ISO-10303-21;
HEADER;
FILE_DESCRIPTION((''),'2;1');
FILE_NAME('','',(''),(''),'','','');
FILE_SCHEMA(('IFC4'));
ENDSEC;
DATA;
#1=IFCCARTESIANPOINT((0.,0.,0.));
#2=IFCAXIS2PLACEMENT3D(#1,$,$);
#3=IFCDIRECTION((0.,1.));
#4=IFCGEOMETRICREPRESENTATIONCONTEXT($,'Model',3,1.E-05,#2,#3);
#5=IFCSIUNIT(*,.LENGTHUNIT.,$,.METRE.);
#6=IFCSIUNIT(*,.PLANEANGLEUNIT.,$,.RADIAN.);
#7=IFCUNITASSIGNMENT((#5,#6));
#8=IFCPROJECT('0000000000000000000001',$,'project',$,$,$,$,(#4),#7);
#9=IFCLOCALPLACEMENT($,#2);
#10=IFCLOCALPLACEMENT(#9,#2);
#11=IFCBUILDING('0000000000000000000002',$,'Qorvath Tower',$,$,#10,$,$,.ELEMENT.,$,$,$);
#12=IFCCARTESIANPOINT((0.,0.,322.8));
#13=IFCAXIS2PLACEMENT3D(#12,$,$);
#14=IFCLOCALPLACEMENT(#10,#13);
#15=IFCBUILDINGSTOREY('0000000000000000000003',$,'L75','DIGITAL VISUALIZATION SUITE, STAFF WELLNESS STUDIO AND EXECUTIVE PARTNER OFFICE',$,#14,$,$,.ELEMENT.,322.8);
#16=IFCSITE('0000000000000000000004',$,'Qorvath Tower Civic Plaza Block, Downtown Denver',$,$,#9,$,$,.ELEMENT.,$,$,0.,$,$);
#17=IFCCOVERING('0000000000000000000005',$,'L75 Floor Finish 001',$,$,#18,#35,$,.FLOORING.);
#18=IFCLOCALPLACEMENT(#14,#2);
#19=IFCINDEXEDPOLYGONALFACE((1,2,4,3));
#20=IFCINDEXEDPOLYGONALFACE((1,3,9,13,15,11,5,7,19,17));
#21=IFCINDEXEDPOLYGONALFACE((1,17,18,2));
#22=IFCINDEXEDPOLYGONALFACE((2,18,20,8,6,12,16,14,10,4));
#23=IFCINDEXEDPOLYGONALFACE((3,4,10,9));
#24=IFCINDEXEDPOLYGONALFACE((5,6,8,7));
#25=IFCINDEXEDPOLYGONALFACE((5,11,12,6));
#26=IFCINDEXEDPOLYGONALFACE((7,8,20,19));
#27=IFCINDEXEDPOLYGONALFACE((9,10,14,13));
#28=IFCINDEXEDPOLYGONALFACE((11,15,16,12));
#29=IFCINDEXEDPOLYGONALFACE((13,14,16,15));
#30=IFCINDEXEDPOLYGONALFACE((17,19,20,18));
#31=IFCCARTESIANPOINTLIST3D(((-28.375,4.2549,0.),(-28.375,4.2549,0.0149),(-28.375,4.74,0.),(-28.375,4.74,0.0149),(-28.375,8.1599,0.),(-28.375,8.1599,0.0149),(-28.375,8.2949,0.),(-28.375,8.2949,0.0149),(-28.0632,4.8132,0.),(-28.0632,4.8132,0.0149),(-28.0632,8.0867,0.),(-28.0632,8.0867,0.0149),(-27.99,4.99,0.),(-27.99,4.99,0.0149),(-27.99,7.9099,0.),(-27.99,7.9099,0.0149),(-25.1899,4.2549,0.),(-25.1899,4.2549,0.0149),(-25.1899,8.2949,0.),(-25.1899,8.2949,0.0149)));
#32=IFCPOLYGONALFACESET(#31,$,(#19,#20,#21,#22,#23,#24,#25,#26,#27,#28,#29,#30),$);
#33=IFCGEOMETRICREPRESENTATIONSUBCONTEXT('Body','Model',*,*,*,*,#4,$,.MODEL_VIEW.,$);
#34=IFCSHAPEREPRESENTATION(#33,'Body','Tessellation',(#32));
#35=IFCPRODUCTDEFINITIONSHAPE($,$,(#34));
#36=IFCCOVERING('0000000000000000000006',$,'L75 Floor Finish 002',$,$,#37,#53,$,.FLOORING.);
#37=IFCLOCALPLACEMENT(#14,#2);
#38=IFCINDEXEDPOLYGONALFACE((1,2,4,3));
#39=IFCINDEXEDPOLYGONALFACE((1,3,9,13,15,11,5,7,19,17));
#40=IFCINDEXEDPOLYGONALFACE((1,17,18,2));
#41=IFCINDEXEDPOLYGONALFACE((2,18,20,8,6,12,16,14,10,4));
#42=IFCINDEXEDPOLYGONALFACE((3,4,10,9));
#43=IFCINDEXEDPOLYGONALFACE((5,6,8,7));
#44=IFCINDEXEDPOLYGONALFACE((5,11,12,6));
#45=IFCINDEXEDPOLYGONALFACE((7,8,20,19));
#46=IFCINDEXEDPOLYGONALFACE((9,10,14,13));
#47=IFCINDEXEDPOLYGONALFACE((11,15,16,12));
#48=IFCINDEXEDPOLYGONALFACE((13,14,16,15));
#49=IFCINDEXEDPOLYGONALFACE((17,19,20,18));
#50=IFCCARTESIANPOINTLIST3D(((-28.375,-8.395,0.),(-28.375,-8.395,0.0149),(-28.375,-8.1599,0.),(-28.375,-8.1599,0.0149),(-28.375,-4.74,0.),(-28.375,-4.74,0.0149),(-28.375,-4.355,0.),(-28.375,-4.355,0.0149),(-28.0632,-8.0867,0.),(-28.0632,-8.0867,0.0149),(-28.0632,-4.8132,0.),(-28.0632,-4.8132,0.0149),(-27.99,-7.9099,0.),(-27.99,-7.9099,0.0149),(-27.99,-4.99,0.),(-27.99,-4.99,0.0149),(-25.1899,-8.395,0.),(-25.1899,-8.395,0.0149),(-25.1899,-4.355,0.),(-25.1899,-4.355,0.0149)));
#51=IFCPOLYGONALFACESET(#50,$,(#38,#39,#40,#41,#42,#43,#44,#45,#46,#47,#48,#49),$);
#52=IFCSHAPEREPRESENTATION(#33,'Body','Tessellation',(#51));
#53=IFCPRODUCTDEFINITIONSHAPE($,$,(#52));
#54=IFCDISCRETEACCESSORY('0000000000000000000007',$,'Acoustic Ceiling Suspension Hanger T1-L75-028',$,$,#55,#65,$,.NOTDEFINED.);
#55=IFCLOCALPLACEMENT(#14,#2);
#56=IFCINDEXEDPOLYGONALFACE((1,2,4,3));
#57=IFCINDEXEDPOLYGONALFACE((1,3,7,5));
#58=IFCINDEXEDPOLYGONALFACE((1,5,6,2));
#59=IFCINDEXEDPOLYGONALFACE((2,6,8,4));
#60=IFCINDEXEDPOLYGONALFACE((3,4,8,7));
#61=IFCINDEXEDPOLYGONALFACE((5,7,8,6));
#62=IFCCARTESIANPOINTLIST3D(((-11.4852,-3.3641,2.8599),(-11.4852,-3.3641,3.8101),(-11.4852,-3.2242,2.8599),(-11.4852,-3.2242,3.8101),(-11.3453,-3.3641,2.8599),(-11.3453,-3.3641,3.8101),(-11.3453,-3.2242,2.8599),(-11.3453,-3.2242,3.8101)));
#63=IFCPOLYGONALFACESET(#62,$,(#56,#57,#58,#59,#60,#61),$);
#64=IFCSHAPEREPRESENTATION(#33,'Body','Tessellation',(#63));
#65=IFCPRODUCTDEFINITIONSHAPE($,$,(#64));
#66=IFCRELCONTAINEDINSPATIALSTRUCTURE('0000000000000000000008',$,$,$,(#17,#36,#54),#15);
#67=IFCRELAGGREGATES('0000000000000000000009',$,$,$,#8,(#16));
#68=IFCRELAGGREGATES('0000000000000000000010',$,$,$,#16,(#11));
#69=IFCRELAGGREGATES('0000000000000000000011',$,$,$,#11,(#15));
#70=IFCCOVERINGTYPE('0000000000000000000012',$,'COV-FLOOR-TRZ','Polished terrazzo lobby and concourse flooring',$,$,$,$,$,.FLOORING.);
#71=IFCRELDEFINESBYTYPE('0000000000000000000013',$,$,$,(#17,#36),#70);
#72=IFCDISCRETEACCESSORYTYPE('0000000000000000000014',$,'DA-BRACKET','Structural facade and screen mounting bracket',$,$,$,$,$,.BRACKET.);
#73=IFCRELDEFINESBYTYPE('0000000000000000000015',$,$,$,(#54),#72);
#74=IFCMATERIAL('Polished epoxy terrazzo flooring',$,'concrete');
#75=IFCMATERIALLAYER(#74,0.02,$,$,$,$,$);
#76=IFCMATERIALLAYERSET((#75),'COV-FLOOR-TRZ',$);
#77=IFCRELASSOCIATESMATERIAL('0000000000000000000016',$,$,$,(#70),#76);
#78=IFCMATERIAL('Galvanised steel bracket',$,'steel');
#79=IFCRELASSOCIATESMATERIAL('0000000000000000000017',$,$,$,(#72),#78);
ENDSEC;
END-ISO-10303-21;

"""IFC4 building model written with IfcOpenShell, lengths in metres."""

from ifc_helpers import new_model, si_unit, direction, frame, origin, origin_2d, place, context, subcontext, project, spatial, polyline, rectangle, outline, extrude, material, layer, layer_set, type_object, element, save


model = new_model("IFC4")

# Units and contexts
model_context = context("Model", 3, precision=1e-05, world=origin(), true_north=direction((0.0, 1.0)))
body_context = subcontext(model_context, "Body", "Model", "MODEL_VIEW")
ifc_project = project(units=[si_unit("LENGTHUNIT", "METRE"), si_unit("PLANEANGLEUNIT", "RADIAN")], contexts=[model_context])

# Site, building, storey
site_placement = place(None, origin())
site = spatial("IfcSite", under=ifc_project, at=site_placement, Name="Qorvath Tower Civic Plaza Block, Downtown Denver", CompositionType="ELEMENT", RefElevation=0.0)
building_placement = place(site_placement, origin())
building = spatial("IfcBuilding", under=site, at=building_placement, Name="Qorvath Tower", CompositionType="ELEMENT")
storey_placement = place(building_placement, frame((0.0, 0.0, 322.8)))
storey = spatial("IfcBuildingStorey", under=building, at=storey_placement, Name="L75", Description="DIGITAL VISUALIZATION SUITE, STAFF WELLNESS STUDIO AND EXECUTIVE PARTNER OFFICE", CompositionType="ELEMENT", Elevation=322.8)

# Coverings
ifc_material_1 = material(Name="Polished epoxy terrazzo flooring", Category="concrete")
ifc_layer_1 = layer(ifc_material_1, 0.02)
ifc_layer_set_1 = layer_set([ifc_layer_1], Name="COV-FLOOR-TRZ")
covering_type_1 = type_object("IfcCoveringType", Name="COV-FLOOR-TRZ", Description="Polished terrazzo lobby and concourse flooring", PredefinedType="FLOORING", material=ifc_layer_set_1)
covering_1_placement = place(storey_placement, origin())
element("IfcCovering", 1, at=covering_1_placement, inside=storey, type_object=covering_type_1, Name="L75 Floor Finish 001", PredefinedType="FLOORING", context=body_context, shape_type="SweptSolid", body=[
    extrude(outline(polyline([(-25.1899, 4.2549), (-25.1899, 8.2949), (-28.375, 8.2949), (-28.375, 8.1599), (-28.0632, 8.0867), (-27.99, 7.9099), (-27.99, 4.99), (-28.0632, 4.8132), (-28.375, 4.74), (-28.375, 4.2549), (-25.1899, 4.2549)])), origin(), (0.0, 0.0, 1.0), 0.0149),
])
covering_2_placement = place(storey_placement, origin())
element("IfcCovering", 2, at=covering_2_placement, inside=storey, type_object=covering_type_1, Name="L75 Floor Finish 002", PredefinedType="FLOORING", context=body_context, shape_type="SweptSolid", body=[
    extrude(outline(polyline([(-25.1899, -8.395), (-25.1899, -4.355), (-28.375, -4.355), (-28.375, -4.74), (-28.0632, -4.8132), (-27.99, -4.99), (-27.99, -7.9099), (-28.0632, -8.0867), (-28.375, -8.1599), (-28.375, -8.395), (-25.1899, -8.395)])), origin(), (0.0, 0.0, 1.0), 0.0149),
])

# Discrete accessory
ifc_material_2 = material(Name="Galvanised steel bracket", Category="steel")
discrete_accessory_type = type_object("IfcDiscreteAccessoryType", Name="DA-BRACKET", Description="Structural facade and screen mounting bracket", PredefinedType="BRACKET", material=ifc_material_2)
discrete_accessory_placement = place(storey_placement, frame((-11.4153, -3.2942, 2.8599), z_axis=(0.0, 0.0, 1.0), x_axis=(1.0, 0.0, 0.0)))
element("IfcDiscreteAccessory", 3, at=discrete_accessory_placement, inside=storey, type_object=discrete_accessory_type, Name="Acoustic Ceiling Suspension Hanger T1-L75-028", PredefinedType="NOTDEFINED", context=body_context, shape_type="SweptSolid", body=[
    extrude(rectangle(XDim=0.1399, YDim=0.1399, at=origin_2d()), origin(), (0.0, 0.0, 1.0), 0.9502),
])

save(model, "model.ifc")
